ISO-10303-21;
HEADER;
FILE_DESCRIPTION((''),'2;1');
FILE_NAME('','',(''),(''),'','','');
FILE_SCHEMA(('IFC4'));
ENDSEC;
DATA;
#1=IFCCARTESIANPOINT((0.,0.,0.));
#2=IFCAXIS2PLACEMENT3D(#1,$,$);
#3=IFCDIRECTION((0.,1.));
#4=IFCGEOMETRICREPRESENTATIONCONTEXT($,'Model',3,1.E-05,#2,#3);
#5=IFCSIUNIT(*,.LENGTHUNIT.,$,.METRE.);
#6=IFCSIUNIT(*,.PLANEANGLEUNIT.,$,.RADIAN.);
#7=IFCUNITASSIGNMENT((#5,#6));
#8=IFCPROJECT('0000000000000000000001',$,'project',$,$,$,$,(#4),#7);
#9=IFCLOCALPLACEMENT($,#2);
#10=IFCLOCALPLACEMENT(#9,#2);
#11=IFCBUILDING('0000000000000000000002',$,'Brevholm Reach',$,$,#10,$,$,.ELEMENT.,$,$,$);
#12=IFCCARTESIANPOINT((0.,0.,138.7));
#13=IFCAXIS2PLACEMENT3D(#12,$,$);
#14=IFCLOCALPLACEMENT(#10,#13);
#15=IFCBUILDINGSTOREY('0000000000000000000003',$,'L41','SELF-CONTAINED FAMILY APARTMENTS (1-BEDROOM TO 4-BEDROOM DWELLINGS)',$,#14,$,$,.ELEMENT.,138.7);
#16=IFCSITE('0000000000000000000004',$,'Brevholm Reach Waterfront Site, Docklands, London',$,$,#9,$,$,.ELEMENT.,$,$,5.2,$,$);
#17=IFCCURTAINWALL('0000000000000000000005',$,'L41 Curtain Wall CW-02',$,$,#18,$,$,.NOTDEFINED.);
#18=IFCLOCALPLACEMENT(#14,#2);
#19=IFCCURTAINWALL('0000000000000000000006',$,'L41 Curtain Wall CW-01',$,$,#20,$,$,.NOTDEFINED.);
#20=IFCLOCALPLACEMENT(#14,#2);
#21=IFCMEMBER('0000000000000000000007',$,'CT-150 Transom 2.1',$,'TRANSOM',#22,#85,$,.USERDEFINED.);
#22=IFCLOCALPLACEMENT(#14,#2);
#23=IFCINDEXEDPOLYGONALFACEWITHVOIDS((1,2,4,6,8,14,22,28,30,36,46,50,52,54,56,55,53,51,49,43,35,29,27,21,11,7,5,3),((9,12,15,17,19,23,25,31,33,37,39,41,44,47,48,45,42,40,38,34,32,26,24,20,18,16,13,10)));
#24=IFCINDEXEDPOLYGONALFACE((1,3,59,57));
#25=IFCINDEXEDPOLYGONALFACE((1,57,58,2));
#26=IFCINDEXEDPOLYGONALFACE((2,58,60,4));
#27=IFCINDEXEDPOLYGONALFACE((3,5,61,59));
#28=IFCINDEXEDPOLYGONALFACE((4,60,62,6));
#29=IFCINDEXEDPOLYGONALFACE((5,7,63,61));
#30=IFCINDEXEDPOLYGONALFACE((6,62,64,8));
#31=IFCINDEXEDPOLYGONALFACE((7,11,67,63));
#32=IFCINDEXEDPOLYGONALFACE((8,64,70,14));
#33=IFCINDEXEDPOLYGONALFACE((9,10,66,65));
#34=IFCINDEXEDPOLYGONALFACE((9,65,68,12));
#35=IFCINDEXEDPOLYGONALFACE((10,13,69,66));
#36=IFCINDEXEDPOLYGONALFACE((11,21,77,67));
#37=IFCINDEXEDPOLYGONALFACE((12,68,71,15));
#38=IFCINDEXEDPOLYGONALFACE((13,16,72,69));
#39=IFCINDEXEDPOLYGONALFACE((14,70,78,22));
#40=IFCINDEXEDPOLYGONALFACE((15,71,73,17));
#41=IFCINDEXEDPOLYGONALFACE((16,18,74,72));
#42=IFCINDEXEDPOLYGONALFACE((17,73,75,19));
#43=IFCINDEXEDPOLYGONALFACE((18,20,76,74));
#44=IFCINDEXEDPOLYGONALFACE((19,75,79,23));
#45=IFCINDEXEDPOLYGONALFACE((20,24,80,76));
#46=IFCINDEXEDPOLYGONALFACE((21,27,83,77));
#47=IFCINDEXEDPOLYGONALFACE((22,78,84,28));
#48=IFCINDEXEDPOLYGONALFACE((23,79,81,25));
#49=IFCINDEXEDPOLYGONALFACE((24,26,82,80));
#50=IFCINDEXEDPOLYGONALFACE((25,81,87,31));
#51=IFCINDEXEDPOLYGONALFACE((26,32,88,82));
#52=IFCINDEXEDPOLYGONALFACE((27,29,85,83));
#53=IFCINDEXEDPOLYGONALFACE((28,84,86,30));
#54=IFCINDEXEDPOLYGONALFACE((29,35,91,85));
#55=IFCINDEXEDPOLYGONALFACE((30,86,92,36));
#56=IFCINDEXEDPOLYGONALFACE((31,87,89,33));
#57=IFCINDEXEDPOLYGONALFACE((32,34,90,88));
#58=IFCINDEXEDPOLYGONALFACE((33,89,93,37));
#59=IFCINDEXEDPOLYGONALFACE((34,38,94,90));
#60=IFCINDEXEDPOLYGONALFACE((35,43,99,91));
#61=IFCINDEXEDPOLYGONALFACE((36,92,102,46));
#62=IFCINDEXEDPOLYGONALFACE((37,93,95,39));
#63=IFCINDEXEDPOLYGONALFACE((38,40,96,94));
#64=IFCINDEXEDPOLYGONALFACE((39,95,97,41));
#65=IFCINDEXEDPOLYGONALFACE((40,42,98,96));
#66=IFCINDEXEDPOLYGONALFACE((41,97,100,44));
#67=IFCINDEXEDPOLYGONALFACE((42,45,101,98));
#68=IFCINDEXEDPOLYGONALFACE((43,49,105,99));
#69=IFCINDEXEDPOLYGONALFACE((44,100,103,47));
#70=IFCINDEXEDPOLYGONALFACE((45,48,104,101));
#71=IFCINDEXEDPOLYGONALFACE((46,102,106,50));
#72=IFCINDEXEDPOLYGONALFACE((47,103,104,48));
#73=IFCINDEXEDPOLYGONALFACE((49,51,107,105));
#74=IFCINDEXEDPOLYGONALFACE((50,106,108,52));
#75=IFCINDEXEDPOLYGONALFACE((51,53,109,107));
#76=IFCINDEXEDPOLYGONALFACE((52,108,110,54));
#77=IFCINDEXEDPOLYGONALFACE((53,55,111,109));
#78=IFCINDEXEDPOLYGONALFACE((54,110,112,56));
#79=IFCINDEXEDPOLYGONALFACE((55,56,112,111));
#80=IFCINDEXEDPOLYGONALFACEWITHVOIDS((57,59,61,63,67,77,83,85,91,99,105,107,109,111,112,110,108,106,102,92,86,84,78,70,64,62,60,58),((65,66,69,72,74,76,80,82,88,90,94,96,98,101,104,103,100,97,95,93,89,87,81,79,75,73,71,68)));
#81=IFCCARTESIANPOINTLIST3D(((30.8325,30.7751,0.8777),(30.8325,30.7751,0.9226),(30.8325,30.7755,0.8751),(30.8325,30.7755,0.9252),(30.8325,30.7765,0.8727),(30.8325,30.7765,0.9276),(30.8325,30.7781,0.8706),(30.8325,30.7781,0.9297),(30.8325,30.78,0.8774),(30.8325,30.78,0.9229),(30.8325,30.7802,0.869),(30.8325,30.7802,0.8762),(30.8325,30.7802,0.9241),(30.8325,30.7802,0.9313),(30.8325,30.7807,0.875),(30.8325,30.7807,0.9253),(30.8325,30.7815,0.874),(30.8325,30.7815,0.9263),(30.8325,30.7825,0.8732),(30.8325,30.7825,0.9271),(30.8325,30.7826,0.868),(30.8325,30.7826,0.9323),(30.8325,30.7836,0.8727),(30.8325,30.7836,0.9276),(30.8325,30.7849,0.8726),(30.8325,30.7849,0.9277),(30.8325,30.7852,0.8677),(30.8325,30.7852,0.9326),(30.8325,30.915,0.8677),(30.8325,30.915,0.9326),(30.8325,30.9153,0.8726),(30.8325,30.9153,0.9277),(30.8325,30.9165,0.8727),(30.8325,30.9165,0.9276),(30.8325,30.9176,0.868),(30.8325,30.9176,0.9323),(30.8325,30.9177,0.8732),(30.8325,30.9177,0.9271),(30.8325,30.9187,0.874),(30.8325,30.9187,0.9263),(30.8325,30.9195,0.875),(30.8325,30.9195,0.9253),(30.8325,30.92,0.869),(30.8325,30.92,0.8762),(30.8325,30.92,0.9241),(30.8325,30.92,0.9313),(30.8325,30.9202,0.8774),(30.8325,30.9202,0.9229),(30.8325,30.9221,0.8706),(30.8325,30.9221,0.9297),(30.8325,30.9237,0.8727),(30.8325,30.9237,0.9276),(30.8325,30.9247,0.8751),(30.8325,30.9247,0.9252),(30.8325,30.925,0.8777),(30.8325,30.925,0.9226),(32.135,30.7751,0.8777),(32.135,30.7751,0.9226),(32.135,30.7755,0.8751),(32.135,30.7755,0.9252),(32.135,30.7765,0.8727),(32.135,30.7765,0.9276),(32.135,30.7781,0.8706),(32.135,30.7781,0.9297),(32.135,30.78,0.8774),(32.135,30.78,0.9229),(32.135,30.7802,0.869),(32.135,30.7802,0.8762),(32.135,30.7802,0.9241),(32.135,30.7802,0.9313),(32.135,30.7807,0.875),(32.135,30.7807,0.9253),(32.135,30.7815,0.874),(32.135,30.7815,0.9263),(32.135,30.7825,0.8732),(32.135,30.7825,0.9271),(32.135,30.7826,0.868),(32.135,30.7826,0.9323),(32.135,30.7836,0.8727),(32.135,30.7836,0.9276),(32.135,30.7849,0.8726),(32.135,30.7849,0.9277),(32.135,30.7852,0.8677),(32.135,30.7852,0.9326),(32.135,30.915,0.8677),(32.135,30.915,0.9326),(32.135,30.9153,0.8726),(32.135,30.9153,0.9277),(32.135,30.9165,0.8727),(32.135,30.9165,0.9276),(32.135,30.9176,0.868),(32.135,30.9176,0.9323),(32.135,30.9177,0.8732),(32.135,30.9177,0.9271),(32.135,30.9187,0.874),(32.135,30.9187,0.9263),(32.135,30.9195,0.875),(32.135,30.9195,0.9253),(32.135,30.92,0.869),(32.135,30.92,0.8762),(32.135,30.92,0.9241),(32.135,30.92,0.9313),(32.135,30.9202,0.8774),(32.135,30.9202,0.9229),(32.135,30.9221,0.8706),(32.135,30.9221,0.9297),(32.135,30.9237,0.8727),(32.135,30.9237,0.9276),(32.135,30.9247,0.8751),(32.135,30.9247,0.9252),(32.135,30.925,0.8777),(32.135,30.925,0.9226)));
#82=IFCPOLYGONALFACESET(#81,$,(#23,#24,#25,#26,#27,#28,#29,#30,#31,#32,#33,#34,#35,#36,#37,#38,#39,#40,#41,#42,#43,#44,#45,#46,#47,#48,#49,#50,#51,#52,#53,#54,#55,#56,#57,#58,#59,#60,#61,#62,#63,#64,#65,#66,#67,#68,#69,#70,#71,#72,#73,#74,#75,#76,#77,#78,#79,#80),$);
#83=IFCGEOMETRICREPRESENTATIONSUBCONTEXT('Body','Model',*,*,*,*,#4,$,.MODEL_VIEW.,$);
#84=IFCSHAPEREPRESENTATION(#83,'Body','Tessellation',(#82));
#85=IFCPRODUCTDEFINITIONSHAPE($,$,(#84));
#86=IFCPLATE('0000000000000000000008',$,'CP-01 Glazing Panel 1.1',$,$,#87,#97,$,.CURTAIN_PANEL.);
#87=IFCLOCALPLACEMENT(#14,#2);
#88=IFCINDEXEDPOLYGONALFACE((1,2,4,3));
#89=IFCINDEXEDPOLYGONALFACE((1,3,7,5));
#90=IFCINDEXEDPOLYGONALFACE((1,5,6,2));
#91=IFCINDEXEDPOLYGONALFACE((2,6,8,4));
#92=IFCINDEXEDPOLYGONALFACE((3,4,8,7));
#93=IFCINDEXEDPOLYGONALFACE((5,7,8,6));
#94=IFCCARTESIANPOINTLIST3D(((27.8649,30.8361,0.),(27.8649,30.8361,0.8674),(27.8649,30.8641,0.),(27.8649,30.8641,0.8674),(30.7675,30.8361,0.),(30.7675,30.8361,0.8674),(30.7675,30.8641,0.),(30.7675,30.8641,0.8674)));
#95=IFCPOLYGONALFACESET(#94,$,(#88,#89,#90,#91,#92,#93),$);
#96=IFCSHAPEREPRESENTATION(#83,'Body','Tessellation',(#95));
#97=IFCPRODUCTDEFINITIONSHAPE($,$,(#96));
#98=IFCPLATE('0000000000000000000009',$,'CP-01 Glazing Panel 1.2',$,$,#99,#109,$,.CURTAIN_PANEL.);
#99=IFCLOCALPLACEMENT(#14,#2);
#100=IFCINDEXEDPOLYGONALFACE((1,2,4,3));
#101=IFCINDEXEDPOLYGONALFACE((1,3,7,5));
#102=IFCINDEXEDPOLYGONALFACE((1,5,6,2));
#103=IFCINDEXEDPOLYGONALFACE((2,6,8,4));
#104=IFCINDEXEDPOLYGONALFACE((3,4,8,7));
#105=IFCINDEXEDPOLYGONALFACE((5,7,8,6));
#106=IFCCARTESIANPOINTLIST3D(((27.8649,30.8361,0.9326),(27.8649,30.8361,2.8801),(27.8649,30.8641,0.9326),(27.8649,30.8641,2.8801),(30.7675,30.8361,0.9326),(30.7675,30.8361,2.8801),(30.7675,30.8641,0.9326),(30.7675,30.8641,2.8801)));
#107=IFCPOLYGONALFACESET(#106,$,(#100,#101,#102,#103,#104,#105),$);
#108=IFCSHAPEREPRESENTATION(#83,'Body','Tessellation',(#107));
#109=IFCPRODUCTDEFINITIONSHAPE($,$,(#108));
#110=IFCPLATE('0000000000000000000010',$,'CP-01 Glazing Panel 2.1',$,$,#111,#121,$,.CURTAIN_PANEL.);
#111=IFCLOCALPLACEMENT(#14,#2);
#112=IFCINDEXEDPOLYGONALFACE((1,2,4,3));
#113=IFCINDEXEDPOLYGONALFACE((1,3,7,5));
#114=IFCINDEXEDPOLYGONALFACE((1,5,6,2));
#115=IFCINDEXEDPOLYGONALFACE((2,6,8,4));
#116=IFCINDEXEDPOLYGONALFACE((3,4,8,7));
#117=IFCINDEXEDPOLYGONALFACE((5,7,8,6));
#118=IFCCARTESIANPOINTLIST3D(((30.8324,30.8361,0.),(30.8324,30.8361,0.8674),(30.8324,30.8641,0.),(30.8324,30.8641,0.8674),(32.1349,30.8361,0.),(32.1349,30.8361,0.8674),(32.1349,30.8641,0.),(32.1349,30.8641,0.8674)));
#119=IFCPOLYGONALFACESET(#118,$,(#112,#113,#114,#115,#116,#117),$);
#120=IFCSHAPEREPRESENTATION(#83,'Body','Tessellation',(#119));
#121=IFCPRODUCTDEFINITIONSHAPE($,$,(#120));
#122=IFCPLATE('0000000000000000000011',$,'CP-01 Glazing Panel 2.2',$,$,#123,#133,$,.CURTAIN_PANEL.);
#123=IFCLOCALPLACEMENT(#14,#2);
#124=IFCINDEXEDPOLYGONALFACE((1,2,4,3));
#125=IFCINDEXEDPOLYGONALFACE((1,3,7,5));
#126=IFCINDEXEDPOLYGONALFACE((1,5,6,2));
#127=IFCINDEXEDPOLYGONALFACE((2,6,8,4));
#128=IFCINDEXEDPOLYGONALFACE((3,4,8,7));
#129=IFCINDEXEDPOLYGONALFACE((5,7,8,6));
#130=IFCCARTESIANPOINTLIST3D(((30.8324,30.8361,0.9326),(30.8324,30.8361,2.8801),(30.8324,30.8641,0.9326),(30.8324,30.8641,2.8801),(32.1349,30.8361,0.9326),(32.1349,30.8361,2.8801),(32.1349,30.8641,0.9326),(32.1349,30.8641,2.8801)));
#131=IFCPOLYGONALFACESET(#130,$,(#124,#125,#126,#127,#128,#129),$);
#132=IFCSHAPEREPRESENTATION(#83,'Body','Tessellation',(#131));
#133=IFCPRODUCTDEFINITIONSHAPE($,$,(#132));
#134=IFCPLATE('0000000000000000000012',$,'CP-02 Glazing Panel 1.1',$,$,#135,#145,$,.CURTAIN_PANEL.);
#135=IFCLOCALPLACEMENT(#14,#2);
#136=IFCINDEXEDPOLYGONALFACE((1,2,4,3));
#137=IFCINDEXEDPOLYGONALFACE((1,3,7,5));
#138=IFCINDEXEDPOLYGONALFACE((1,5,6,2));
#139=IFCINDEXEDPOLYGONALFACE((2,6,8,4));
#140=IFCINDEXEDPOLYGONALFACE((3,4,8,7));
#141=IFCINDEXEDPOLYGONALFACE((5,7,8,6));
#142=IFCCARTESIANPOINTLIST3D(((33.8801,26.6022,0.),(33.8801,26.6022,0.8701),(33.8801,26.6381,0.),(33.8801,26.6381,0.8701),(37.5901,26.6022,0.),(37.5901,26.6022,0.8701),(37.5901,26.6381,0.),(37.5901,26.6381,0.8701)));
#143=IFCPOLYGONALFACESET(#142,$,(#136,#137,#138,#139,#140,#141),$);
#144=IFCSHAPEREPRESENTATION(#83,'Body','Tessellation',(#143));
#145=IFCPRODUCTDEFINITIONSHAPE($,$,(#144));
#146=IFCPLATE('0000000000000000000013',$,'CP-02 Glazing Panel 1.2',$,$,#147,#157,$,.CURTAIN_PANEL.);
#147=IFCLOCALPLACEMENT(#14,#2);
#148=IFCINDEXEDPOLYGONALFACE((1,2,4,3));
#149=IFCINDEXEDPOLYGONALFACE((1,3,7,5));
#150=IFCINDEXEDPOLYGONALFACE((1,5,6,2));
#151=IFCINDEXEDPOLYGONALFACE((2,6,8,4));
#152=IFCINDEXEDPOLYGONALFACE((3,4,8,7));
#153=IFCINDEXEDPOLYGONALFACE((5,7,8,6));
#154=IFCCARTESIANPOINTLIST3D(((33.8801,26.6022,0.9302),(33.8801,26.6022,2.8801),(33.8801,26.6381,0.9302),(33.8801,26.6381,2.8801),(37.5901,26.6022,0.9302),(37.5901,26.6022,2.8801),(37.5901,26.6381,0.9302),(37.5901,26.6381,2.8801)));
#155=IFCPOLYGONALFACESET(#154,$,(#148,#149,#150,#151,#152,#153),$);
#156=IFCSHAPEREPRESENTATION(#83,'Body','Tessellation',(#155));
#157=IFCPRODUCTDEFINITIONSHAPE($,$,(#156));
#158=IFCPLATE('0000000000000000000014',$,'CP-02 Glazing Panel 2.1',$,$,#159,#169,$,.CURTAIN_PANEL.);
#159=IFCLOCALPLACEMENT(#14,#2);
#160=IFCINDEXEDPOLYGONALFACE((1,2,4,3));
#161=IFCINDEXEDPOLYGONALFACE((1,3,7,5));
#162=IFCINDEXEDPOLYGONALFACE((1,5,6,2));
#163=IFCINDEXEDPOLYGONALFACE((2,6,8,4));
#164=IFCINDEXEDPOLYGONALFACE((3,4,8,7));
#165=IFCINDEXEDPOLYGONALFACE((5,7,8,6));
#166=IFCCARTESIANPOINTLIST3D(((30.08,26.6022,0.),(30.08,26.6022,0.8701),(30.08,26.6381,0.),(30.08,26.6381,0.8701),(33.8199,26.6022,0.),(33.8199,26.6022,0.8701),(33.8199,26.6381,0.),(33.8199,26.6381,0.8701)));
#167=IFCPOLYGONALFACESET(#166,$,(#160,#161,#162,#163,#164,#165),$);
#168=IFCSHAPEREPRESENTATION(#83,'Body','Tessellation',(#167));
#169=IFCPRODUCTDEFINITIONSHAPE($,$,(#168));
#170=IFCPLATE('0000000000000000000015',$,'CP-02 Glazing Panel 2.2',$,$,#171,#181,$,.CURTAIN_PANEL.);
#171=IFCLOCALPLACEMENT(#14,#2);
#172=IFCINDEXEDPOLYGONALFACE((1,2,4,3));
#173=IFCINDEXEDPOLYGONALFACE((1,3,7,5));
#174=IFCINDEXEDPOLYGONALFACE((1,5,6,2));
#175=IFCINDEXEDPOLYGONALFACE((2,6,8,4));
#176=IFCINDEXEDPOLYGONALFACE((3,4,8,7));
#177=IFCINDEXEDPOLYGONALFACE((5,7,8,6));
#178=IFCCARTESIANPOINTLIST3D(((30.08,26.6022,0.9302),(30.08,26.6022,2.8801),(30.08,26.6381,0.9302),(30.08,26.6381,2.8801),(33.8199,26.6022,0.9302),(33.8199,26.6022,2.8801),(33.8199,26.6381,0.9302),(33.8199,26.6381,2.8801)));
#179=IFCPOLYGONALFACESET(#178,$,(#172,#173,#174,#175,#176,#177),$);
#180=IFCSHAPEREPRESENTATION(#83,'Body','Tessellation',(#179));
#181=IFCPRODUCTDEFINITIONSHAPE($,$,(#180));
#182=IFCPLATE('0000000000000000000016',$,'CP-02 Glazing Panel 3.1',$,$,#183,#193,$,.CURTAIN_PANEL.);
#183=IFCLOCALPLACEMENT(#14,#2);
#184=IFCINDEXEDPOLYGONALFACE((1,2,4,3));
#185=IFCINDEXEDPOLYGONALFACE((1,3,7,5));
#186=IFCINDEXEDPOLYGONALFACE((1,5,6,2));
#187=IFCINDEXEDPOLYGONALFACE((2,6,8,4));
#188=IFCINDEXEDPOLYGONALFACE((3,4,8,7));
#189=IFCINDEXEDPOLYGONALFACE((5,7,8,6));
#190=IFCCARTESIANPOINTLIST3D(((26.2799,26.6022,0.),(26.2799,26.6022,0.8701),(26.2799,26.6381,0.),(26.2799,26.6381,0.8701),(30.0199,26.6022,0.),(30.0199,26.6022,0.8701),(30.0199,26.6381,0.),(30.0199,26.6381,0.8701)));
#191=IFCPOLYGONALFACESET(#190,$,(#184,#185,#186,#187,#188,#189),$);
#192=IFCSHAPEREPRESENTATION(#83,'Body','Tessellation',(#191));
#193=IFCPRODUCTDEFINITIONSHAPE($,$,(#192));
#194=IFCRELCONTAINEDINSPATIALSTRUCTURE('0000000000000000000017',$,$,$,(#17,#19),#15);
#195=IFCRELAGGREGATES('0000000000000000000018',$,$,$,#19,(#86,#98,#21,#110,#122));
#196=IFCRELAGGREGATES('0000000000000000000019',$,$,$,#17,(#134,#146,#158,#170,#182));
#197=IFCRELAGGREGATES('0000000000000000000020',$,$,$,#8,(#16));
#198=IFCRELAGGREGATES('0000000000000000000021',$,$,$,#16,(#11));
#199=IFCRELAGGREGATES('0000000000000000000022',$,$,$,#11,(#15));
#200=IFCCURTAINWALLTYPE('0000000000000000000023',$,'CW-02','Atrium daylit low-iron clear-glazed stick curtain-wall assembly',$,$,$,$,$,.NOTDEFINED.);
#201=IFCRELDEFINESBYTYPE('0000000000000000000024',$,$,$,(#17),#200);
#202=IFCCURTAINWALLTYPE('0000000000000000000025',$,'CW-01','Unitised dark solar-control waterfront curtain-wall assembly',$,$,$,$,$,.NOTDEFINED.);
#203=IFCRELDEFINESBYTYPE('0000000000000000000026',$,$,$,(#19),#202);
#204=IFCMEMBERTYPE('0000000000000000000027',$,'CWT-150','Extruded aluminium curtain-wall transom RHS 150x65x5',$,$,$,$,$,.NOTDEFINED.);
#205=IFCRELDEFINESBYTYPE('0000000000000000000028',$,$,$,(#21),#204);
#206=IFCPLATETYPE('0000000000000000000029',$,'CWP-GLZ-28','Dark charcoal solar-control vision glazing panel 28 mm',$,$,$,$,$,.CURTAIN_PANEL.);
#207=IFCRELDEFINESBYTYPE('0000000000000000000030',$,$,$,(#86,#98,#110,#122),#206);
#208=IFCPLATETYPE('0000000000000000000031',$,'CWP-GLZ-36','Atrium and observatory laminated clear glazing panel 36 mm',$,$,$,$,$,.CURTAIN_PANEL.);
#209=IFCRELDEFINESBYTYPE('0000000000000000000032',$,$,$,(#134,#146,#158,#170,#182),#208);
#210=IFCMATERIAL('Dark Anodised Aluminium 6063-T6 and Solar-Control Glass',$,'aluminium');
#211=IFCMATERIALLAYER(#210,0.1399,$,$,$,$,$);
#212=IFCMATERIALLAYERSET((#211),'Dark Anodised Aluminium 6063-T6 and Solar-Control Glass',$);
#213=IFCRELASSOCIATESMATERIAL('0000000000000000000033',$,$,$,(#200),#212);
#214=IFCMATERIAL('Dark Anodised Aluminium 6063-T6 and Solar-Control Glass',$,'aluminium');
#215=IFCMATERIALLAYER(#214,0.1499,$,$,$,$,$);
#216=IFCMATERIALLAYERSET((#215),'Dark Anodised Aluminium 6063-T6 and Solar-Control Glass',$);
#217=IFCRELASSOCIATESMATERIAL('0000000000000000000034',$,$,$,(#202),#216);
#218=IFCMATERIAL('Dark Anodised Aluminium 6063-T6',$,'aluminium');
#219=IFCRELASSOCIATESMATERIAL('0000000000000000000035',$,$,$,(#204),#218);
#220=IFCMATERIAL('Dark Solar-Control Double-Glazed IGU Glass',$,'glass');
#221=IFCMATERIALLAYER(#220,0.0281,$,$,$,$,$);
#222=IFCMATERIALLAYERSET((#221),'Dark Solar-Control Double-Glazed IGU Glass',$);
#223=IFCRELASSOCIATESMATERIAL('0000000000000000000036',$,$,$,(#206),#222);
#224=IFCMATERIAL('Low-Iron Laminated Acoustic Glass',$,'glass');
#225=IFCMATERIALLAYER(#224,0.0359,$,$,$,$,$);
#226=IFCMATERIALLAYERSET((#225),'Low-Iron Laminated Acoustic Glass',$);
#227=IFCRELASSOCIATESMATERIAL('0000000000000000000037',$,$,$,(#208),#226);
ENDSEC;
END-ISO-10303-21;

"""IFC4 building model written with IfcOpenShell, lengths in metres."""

from ifc_helpers import new_model, si_unit, direction, frame, origin, origin_2d, place, context, subcontext, project, spatial, rectangle, hollow_rectangle, extrude, material, layer, layer_set, material_profile, profile_set, type_object, element, aggregate, save


model = new_model("IFC4")

# Units and contexts
model_context = context("Model", 3, precision=1e-05, world=origin(), true_north=direction((0.0, 1.0)))
body_context = subcontext(model_context, "Body", "Model", "MODEL_VIEW")
ifc_project = project(units=[si_unit("LENGTHUNIT", "METRE"), si_unit("PLANEANGLEUNIT", "RADIAN")], contexts=[model_context])

# Site, building, storey
site_placement = place(None, origin())
site = spatial("IfcSite", under=ifc_project, at=site_placement, Name="Brevholm Reach Waterfront Site, Docklands, London", CompositionType="ELEMENT", RefElevation=5.2)
building_placement = place(site_placement, origin())
building = spatial("IfcBuilding", under=site, at=building_placement, Name="Brevholm Reach", CompositionType="ELEMENT")
storey_placement = place(building_placement, frame((0.0, 0.0, 138.7)))
storey = spatial("IfcBuildingStorey", under=building, at=storey_placement, Name="L41", Description="SELF-CONTAINED FAMILY APARTMENTS (1-BEDROOM TO 4-BEDROOM DWELLINGS)", CompositionType="ELEMENT", Elevation=138.7)

# Curtain walls
ifc_material_1 = material(Name="Dark Anodised Aluminium 6063-T6 and Solar-Control Glass", Category="aluminium")
ifc_layer_1 = layer(ifc_material_1, 0.1399)
ifc_layer_set_1 = layer_set([ifc_layer_1], Name="Dark Anodised Aluminium 6063-T6 and Solar-Control Glass")
curtain_wall_type_1 = type_object("IfcCurtainWallType", Name="CW-02", Description="Atrium daylit low-iron clear-glazed stick curtain-wall assembly", PredefinedType="NOTDEFINED", material=ifc_layer_set_1)
curtain_wall_1_placement = place(storey_placement, origin())
curtain_wall_1 = element("IfcCurtainWall", 1, at=curtain_wall_1_placement, inside=storey, type_object=curtain_wall_type_1, Name="L41 Curtain Wall CW-02", PredefinedType="NOTDEFINED")
ifc_material_2 = material(Name="Dark Anodised Aluminium 6063-T6 and Solar-Control Glass", Category="aluminium")
ifc_layer_2 = layer(ifc_material_2, 0.1499)
ifc_layer_set_2 = layer_set([ifc_layer_2], Name="Dark Anodised Aluminium 6063-T6 and Solar-Control Glass")
curtain_wall_type_2 = type_object("IfcCurtainWallType", Name="CW-01", Description="Unitised dark solar-control waterfront curtain-wall assembly", PredefinedType="NOTDEFINED", material=ifc_layer_set_2)
curtain_wall_2_placement = place(storey_placement, origin())
curtain_wall_2 = element("IfcCurtainWall", 2, at=curtain_wall_2_placement, inside=storey, type_object=curtain_wall_type_2, Name="L41 Curtain Wall CW-01", PredefinedType="NOTDEFINED")

# Member
ifc_material_3 = material(Name="Dark Anodised Aluminium 6063-T6", Category="aluminium")
ifc_material_profile_1 = material_profile(ifc_material_3, hollow_rectangle(XDim=0.0649, YDim=0.1499, WallThickness=0.0049, InnerFilletRadius=0.0049, OuterFilletRadius=0.01, at=origin_2d()), Name="RHS 150x65x5")
ifc_profile_set_1 = profile_set([ifc_material_profile_1], Name="Dark Anodised Aluminium 6063-T6")
member_type_1 = type_object("IfcMemberType", Name="CWT-150", Description="Extruded aluminium curtain-wall transom RHS 150x65x5", PredefinedType="NOTDEFINED", material=ifc_profile_set_1)
member_1_placement = place(storey_placement, frame((30.8325, 30.8501, 0.9001), z_axis=(1.0, 0.0, 0.0), x_axis=(0.0, 0.0, 1.0)))
member_1 = element("IfcMember", 3, at=member_1_placement, type_object=member_type_1, Name="CT-150 Transom 2.1", ObjectType="TRANSOM", PredefinedType="USERDEFINED", context=body_context, shape_type="SweptSolid", body=[
    extrude(hollow_rectangle(XDim=0.0649, YDim=0.1499, WallThickness=0.0049, InnerFilletRadius=0.0049, OuterFilletRadius=0.01, at=origin_2d()), origin(), (0.0, 0.0, 1.0), 1.3025),
])

# Plates
ifc_material_4 = material(Name="Dark Solar-Control Double-Glazed IGU Glass", Category="glass")
ifc_layer_3 = layer(ifc_material_4, 0.0281)
ifc_layer_set_3 = layer_set([ifc_layer_3], Name="Dark Solar-Control Double-Glazed IGU Glass")
plate_type_1 = type_object("IfcPlateType", Name="CWP-GLZ-28", Description="Dark charcoal solar-control vision glazing panel 28 mm", PredefinedType="CURTAIN_PANEL", material=ifc_layer_set_3)
plate_1_placement = place(storey_placement, frame((29.3162, 30.8501, 0.0), z_axis=(0.0, 0.0, 1.0), x_axis=(1.0, 0.0, 0.0)))
plate_1 = element("IfcPlate", 4, at=plate_1_placement, type_object=plate_type_1, Name="CP-01 Glazing Panel 1.1", PredefinedType="CURTAIN_PANEL", context=body_context, shape_type="SweptSolid", body=[
    extrude(rectangle(XDim=2.9026, YDim=0.0281, at=origin_2d()), origin(), (0.0, 0.0, 1.0), 0.8674),
])
plate_2_placement = place(storey_placement, frame((29.3162, 30.8501, 0.9326), z_axis=(0.0, 0.0, 1.0), x_axis=(1.0, 0.0, 0.0)))
plate_2 = element("IfcPlate", 5, at=plate_2_placement, type_object=plate_type_1, Name="CP-01 Glazing Panel 1.2", PredefinedType="CURTAIN_PANEL", context=body_context, shape_type="SweptSolid", body=[
    extrude(rectangle(XDim=2.9026, YDim=0.0281, at=origin_2d()), origin(), (0.0, 0.0, 1.0), 1.9475),
])
plate_3_placement = place(storey_placement, frame((31.4836, 30.8501, 0.0), z_axis=(0.0, 0.0, 1.0), x_axis=(1.0, 0.0, 0.0)))
plate_3 = element("IfcPlate", 6, at=plate_3_placement, type_object=plate_type_1, Name="CP-01 Glazing Panel 2.1", PredefinedType="CURTAIN_PANEL", context=body_context, shape_type="SweptSolid", body=[
    extrude(rectangle(XDim=1.3025, YDim=0.0281, at=origin_2d()), origin(), (0.0, 0.0, 1.0), 0.8674),
])
plate_4_placement = place(storey_placement, frame((31.4836, 30.8501, 0.9326), z_axis=(0.0, 0.0, 1.0), x_axis=(1.0, 0.0, 0.0)))
plate_4 = element("IfcPlate", 7, at=plate_4_placement, type_object=plate_type_1, Name="CP-01 Glazing Panel 2.2", PredefinedType="CURTAIN_PANEL", context=body_context, shape_type="SweptSolid", body=[
    extrude(rectangle(XDim=1.3025, YDim=0.0281, at=origin_2d()), origin(), (0.0, 0.0, 1.0), 1.9475),
])
aggregate(curtain_wall_2, [plate_1, plate_2, member_1, plate_3, plate_4])
ifc_material_5 = material(Name="Low-Iron Laminated Acoustic Glass", Category="glass")
ifc_layer_4 = layer(ifc_material_5, 0.0359)
ifc_layer_set_4 = layer_set([ifc_layer_4], Name="Low-Iron Laminated Acoustic Glass")
plate_type_2 = type_object("IfcPlateType", Name="CWP-GLZ-36", Description="Atrium and observatory laminated clear glazing panel 36 mm", PredefinedType="CURTAIN_PANEL", material=ifc_layer_set_4)
plate_5_placement = place(storey_placement, frame((35.7351, 26.6201, 0.0), z_axis=(0.0, 0.0, 1.0), x_axis=(-1.0, 0.0, 0.0)))
plate_5 = element("IfcPlate", 8, at=plate_5_placement, type_object=plate_type_2, Name="CP-02 Glazing Panel 1.1", PredefinedType="CURTAIN_PANEL", context=body_context, shape_type="SweptSolid", body=[
    extrude(rectangle(XDim=3.71, YDim=0.0359, at=origin_2d()), origin(), (0.0, 0.0, 1.0), 0.8701),
])
plate_6_placement = place(storey_placement, frame((35.7351, 26.6201, 0.9302), z_axis=(0.0, 0.0, 1.0), x_axis=(-1.0, 0.0, 0.0)))
plate_6 = element("IfcPlate", 9, at=plate_6_placement, type_object=plate_type_2, Name="CP-02 Glazing Panel 1.2", PredefinedType="CURTAIN_PANEL", context=body_context, shape_type="SweptSolid", body=[
    extrude(rectangle(XDim=3.71, YDim=0.0359, at=origin_2d()), origin(), (0.0, 0.0, 1.0), 1.95),
])
plate_7_placement = place(storey_placement, frame((31.95, 26.6201, 0.0), z_axis=(0.0, 0.0, 1.0), x_axis=(-1.0, 0.0, 0.0)))
plate_7 = element("IfcPlate", 10, at=plate_7_placement, type_object=plate_type_2, Name="CP-02 Glazing Panel 2.1", PredefinedType="CURTAIN_PANEL", context=body_context, shape_type="SweptSolid", body=[
    extrude(rectangle(XDim=3.74, YDim=0.0359, at=origin_2d()), origin(), (0.0, 0.0, 1.0), 0.8701),
])
plate_8_placement = place(storey_placement, frame((31.95, 26.6201, 0.9302), z_axis=(0.0, 0.0, 1.0), x_axis=(-1.0, 0.0, 0.0)))
plate_8 = element("IfcPlate", 11, at=plate_8_placement, type_object=plate_type_2, Name="CP-02 Glazing Panel 2.2", PredefinedType="CURTAIN_PANEL", context=body_context, shape_type="SweptSolid", body=[
    extrude(rectangle(XDim=3.74, YDim=0.0359, at=origin_2d()), origin(), (0.0, 0.0, 1.0), 1.95),
])
plate_9_placement = place(storey_placement, frame((28.1499, 26.6201, 0.0), z_axis=(0.0, 0.0, 1.0), x_axis=(-1.0, 0.0, 0.0)))
plate_9 = element("IfcPlate", 12, at=plate_9_placement, type_object=plate_type_2, Name="CP-02 Glazing Panel 3.1", PredefinedType="CURTAIN_PANEL", context=body_context, shape_type="SweptSolid", body=[
    extrude(rectangle(XDim=3.74, YDim=0.0359, at=origin_2d()), origin(), (0.0, 0.0, 1.0), 0.8701),
])
aggregate(curtain_wall_1, [plate_5, plate_6, plate_7, plate_8, plate_9])

save(model, "model.ifc")
